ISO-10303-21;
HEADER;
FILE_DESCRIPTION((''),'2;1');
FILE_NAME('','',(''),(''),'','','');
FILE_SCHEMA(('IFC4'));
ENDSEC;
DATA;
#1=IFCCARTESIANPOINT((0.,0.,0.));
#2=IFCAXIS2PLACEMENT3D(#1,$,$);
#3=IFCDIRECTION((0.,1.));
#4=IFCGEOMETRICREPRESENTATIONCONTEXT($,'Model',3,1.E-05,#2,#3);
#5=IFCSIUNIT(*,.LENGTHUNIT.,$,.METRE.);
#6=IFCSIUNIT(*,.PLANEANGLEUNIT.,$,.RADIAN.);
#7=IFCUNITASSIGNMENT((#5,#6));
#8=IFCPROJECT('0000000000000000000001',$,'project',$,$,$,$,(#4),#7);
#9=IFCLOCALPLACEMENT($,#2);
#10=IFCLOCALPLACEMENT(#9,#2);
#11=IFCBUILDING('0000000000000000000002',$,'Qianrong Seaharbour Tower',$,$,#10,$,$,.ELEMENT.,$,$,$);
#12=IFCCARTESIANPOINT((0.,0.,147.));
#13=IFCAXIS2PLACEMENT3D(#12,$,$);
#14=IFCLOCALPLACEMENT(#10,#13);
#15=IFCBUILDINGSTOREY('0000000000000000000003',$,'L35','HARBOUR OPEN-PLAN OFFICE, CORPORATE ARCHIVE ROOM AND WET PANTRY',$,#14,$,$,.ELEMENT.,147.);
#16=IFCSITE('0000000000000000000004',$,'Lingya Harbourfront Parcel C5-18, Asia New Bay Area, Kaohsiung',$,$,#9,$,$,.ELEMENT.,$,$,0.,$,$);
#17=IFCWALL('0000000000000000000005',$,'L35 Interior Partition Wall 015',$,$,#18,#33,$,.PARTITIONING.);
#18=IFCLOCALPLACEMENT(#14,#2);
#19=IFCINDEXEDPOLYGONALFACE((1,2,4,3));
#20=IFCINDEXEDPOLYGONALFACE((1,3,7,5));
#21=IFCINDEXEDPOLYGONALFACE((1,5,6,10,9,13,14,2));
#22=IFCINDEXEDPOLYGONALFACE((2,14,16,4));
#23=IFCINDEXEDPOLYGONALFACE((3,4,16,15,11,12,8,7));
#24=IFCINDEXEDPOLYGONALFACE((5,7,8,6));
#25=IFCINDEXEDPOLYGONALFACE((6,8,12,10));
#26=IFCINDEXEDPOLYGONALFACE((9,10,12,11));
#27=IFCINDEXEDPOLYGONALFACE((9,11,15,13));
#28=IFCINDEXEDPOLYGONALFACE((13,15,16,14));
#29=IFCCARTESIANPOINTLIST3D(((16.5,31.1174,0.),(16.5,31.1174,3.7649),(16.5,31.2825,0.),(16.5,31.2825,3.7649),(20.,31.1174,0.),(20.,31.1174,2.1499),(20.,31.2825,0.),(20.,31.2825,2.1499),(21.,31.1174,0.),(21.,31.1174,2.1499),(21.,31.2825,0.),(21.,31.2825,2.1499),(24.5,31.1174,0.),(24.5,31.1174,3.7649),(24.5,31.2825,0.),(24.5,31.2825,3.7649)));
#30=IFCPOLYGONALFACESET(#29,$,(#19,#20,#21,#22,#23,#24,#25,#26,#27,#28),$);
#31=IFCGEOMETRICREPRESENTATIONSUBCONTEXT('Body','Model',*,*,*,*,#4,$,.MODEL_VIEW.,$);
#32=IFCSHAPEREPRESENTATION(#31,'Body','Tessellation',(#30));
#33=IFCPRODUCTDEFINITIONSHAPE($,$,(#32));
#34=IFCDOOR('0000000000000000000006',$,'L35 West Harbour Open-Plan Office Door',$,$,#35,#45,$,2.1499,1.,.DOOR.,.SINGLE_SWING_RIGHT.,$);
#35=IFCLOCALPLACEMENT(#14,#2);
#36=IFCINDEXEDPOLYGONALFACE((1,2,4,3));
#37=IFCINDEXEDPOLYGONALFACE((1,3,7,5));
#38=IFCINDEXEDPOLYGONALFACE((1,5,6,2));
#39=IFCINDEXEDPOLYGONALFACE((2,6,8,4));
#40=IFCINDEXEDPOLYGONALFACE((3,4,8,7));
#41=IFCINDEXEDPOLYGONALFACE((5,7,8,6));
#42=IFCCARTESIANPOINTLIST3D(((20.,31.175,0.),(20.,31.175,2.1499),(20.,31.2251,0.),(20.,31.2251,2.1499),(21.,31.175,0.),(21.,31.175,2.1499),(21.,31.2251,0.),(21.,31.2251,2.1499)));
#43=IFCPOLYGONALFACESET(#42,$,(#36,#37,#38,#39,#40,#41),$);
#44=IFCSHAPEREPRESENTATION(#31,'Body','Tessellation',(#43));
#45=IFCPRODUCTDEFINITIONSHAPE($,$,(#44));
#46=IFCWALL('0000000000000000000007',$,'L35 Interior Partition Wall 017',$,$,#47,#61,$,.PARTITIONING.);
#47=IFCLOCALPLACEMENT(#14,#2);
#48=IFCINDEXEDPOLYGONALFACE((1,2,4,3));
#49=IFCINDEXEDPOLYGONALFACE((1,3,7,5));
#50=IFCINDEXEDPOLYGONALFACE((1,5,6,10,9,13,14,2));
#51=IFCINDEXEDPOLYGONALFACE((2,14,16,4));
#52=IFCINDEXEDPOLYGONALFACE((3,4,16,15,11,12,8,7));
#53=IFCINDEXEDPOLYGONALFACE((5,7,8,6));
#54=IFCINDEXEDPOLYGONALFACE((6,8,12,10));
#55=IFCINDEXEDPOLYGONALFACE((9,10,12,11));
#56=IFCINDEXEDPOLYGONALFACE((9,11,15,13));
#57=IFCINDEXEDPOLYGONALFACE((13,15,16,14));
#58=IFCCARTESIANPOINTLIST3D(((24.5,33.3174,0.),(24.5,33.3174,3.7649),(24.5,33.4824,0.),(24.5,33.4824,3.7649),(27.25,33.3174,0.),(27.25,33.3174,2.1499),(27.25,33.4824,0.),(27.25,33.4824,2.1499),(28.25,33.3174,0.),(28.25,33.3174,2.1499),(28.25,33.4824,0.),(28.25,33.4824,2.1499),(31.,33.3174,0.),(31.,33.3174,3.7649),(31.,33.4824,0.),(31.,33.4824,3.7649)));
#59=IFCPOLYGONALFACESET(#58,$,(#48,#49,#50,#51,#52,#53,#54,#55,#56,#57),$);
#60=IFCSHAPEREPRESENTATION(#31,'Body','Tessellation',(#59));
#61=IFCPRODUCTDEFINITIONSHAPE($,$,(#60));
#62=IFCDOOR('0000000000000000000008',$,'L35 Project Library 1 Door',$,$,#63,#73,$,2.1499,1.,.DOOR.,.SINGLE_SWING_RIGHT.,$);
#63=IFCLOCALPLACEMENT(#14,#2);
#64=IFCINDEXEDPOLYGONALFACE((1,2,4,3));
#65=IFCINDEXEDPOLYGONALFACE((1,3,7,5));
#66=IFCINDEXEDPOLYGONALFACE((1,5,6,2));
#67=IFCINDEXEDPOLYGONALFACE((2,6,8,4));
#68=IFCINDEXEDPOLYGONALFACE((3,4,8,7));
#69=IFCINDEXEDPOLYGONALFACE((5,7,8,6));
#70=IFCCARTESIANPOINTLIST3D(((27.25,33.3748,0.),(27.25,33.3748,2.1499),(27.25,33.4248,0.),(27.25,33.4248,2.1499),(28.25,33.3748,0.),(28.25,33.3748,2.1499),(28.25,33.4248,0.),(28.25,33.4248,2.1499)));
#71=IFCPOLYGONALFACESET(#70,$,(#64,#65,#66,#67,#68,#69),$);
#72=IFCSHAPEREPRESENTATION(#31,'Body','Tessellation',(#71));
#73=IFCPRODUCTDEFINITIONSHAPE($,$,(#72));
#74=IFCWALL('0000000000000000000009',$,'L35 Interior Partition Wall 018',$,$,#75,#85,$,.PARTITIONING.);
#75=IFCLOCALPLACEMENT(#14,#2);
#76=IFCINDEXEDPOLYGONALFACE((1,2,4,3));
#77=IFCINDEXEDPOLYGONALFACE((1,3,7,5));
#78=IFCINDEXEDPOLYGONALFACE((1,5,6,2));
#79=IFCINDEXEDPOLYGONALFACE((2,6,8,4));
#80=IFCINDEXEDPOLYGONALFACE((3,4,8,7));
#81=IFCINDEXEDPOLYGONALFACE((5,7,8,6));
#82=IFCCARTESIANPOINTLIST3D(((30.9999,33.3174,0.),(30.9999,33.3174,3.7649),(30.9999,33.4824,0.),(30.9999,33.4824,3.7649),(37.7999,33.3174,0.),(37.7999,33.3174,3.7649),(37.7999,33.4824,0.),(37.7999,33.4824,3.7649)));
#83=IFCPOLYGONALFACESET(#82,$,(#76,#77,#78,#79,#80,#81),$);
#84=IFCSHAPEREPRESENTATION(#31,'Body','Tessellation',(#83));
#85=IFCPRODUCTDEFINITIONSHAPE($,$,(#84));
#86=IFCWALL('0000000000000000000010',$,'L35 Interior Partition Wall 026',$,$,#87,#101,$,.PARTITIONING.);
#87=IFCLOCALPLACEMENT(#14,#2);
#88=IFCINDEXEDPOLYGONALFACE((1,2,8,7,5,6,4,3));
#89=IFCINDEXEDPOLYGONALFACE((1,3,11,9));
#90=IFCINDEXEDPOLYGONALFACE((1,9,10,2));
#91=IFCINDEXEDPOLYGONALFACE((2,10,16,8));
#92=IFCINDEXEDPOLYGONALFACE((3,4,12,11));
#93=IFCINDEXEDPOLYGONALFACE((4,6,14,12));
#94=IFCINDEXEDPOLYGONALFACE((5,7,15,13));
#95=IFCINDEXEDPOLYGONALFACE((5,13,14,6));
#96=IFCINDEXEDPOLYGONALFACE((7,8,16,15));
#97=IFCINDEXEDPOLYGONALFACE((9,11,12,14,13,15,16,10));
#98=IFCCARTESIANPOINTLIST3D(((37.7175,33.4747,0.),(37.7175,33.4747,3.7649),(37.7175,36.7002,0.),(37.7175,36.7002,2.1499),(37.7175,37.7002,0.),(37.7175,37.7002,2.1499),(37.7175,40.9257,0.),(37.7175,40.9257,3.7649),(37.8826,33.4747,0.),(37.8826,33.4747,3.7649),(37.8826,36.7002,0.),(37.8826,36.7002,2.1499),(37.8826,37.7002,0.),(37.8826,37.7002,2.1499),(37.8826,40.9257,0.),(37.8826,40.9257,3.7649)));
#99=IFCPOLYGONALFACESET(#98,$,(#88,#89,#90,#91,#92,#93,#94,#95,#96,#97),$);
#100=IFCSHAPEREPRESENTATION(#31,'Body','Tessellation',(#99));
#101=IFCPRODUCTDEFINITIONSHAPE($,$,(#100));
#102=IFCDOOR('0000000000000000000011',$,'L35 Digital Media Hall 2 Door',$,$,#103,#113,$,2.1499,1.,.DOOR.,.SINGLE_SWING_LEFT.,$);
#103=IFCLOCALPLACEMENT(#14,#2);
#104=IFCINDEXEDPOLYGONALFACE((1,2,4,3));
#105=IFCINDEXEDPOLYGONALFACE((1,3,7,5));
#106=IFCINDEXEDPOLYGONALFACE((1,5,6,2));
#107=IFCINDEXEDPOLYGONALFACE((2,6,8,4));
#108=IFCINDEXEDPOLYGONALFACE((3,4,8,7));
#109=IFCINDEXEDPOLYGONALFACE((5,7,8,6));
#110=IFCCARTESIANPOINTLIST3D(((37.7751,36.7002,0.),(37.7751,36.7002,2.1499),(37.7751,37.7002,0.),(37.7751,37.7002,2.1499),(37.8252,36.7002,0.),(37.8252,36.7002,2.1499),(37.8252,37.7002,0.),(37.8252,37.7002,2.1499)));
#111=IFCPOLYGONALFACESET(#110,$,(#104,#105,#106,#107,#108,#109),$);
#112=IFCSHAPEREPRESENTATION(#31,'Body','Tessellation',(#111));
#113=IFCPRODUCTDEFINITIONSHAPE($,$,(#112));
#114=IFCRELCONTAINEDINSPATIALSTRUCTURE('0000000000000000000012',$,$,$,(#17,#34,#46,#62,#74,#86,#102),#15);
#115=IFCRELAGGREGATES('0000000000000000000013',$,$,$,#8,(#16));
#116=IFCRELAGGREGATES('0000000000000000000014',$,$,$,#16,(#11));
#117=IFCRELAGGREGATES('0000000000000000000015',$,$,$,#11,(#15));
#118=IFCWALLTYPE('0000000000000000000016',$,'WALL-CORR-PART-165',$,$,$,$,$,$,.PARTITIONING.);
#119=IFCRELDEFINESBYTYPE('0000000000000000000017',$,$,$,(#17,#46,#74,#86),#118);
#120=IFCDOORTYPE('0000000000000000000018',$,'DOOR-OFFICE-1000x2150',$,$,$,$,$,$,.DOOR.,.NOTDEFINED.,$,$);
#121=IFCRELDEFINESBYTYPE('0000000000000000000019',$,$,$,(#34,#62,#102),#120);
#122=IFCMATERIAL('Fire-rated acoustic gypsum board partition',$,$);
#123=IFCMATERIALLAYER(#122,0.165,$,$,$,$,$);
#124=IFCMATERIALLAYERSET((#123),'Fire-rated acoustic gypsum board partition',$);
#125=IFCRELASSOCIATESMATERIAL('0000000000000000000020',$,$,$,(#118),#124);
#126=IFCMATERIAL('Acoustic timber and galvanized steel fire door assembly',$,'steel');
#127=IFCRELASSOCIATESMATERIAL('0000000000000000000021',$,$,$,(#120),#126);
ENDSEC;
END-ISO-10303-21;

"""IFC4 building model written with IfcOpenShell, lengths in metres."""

from ifc_helpers import new_model, si_unit, direction, frame, frame_2d, origin, place, context, subcontext, project, spatial, rectangle, extrude, material, layer, layer_set, type_object, element, fill, save


model = new_model("IFC4")

# Units and contexts
model_context = context("Model", 3, precision=1e-05, world=origin(), true_north=direction((0.0, 1.0)))
body_context = subcontext(model_context, "Body", "Model", "MODEL_VIEW")
ifc_project = project(units=[si_unit("LENGTHUNIT", "METRE"), si_unit("PLANEANGLEUNIT", "RADIAN")], contexts=[model_context])

# Site, building, storey
site_placement = place(None, origin())
site = spatial("IfcSite", under=ifc_project, at=site_placement, Name="Lingya Harbourfront Parcel C5-18, Asia New Bay Area, Kaohsiung", CompositionType="ELEMENT", RefElevation=0.0)
building_placement = place(site_placement, origin())
building = spatial("IfcBuilding", under=site, at=building_placement, Name="Qianrong Seaharbour Tower", CompositionType="ELEMENT")
storey_placement = place(building_placement, frame((0.0, 0.0, 147.0)))
storey = spatial("IfcBuildingStorey", under=building, at=storey_placement, Name="L35", Description="HARBOUR OPEN-PLAN OFFICE, CORPORATE ARCHIVE ROOM AND WET PANTRY", CompositionType="ELEMENT", Elevation=147.0)

# Walls, openings, doors
ifc_material_1 = material(Name="Fire-rated acoustic gypsum board partition")
ifc_layer_1 = layer(ifc_material_1, 0.165)
ifc_layer_set_1 = layer_set([ifc_layer_1], Name="Fire-rated acoustic gypsum board partition")
wall_type_1 = type_object("IfcWallType", Name="WALL-CORR-PART-165", PredefinedType="PARTITIONING", material=ifc_layer_set_1)
wall_1_placement = place(storey_placement, frame((24.5, 31.2, 0.0), z_axis=(0.0, 0.0, 1.0), x_axis=(-1.0, 0.0, 0.0)))
wall_1 = element("IfcWall", 1, at=wall_1_placement, inside=storey, type_object=wall_type_1, Name="L35 Interior Partition Wall 015", PredefinedType="PARTITIONING", context=body_context, shape_type="SweptSolid", body=[
    extrude(rectangle(XDim=8.0, YDim=0.165, at=frame_2d((4.0, 0.0))), origin(), (0.0, 0.0, 1.0), 3.7649),
])
opening_1_placement = place(wall_1_placement, frame((3.5, 0.0, 0.0)))
opening_1 = element("IfcOpeningElement", 2, at=opening_1_placement, cuts=wall_1, PredefinedType="OPENING", context=body_context, shape_type="SweptSolid", body=[
    extrude(rectangle(XDim=1.0, YDim=2.1499, at=frame_2d((0.5, 1.075))), frame((0.0, 0.0925, 0.0), z_axis=(0.0, -1.0, 0.0), x_axis=(1.0, 0.0, 0.0)), (0.0, 0.0, 1.0), 0.1851),
])
ifc_material_2 = material(Name="Acoustic timber and galvanized steel fire door assembly", Category="steel")
door_type = type_object("IfcDoorType", Name="DOOR-OFFICE-1000x2150", OperationType="NOTDEFINED", PredefinedType="DOOR", material=ifc_material_2)
door_1_placement = place(opening_1_placement, origin())
door_1 = element("IfcDoor", 3, at=door_1_placement, inside=storey, type_object=door_type, Name="L35 West Harbour Open-Plan Office Door", OperationType="SINGLE_SWING_RIGHT", OverallHeight=2.1499, OverallWidth=1.0, PredefinedType="DOOR", context=body_context, shape_type="SweptSolid", body=[
    extrude(rectangle(XDim=1.0, YDim=2.1499, at=frame_2d((0.5, 1.075))), frame((0.0, 0.0249, 0.0), z_axis=(0.0, -1.0, 0.0), x_axis=(1.0, 0.0, 0.0)), (0.0, 0.0, 1.0), 0.05),
])
fill(opening_1, door_1)
wall_2_placement = place(storey_placement, frame((24.5, 33.3999, 0.0), z_axis=(0.0, 0.0, 1.0), x_axis=(1.0, 0.0, 0.0)))
wall_2 = element("IfcWall", 4, at=wall_2_placement, inside=storey, type_object=wall_type_1, Name="L35 Interior Partition Wall 017", PredefinedType="PARTITIONING", context=body_context, shape_type="SweptSolid", body=[
    extrude(rectangle(XDim=6.5, YDim=0.165, at=frame_2d((3.25, 0.0))), origin(), (0.0, 0.0, 1.0), 3.7649),
])
opening_2_placement = place(wall_2_placement, frame((2.75, 0.0, 0.0)))
opening_2 = element("IfcOpeningElement", 5, at=opening_2_placement, cuts=wall_2, PredefinedType="OPENING", context=body_context, shape_type="SweptSolid", body=[
    extrude(rectangle(XDim=1.0, YDim=2.1499, at=frame_2d((0.5, 1.075))), frame((0.0, 0.0925, 0.0), z_axis=(0.0, -1.0, 0.0), x_axis=(1.0, 0.0, 0.0)), (0.0, 0.0, 1.0), 0.1851),
])
door_2_placement = place(opening_2_placement, origin())
door_2 = element("IfcDoor", 6, at=door_2_placement, inside=storey, type_object=door_type, Name="L35 Project Library 1 Door", OperationType="SINGLE_SWING_RIGHT", OverallHeight=2.1499, OverallWidth=1.0, PredefinedType="DOOR", context=body_context, shape_type="SweptSolid", body=[
    extrude(rectangle(XDim=1.0, YDim=2.1499, at=frame_2d((0.5, 1.075))), frame((0.0, 0.0249, 0.0), z_axis=(0.0, -1.0, 0.0), x_axis=(1.0, 0.0, 0.0)), (0.0, 0.0, 1.0), 0.05),
])
fill(opening_2, door_2)

# Wall
wall_3_placement = place(storey_placement, frame((31.0, 33.3999, 0.0), z_axis=(0.0, 0.0, 1.0), x_axis=(1.0, 0.0, 0.0)))
element("IfcWall", 7, at=wall_3_placement, inside=storey, type_object=wall_type_1, Name="L35 Interior Partition Wall 018", PredefinedType="PARTITIONING", context=body_context, shape_type="SweptSolid", body=[
    extrude(rectangle(XDim=6.8, YDim=0.165, at=frame_2d((3.3999, 0.0))), origin(), (0.0, 0.0, 1.0), 3.7649),
])

# Wall, opening, door
wall_4_placement = place(storey_placement, frame((37.8, 33.4746, 0.0), z_axis=(0.0, 0.0, 1.0), x_axis=(0.0, 1.0, 0.0)))
wall_4 = element("IfcWall", 8, at=wall_4_placement, inside=storey, type_object=wall_type_1, Name="L35 Interior Partition Wall 026", PredefinedType="PARTITIONING", context=body_context, shape_type="SweptSolid", body=[
    extrude(rectangle(XDim=7.4509, YDim=0.165, at=frame_2d((3.7256, 0.0))), origin(), (0.0, 0.0, 1.0), 3.7649),
])
opening_3_placement = place(wall_4_placement, frame((3.2256, 0.0, 0.0)))
opening_3 = element("IfcOpeningElement", 9, at=opening_3_placement, cuts=wall_4, PredefinedType="OPENING", context=body_context, shape_type="SweptSolid", body=[
    extrude(rectangle(XDim=1.0, YDim=2.1499, at=frame_2d((0.5, 1.075))), frame((0.0, 0.0925, 0.0), z_axis=(0.0, -1.0, 0.0), x_axis=(1.0, 0.0, 0.0)), (0.0, 0.0, 1.0), 0.1851),
])
door_3_placement = place(opening_3_placement, origin())
door_3 = element("IfcDoor", 10, at=door_3_placement, inside=storey, type_object=door_type, Name="L35 Digital Media Hall 2 Door", OperationType="SINGLE_SWING_LEFT", OverallHeight=2.1499, OverallWidth=1.0, PredefinedType="DOOR", context=body_context, shape_type="SweptSolid", body=[
    extrude(rectangle(XDim=1.0, YDim=2.1499, at=frame_2d((0.5, 1.075))), frame((0.0, 0.0249, 0.0), z_axis=(0.0, -1.0, 0.0), x_axis=(1.0, 0.0, 0.0)), (0.0, 0.0, 1.0), 0.05),
])
fill(opening_3, door_3)

save(model, "model.ifc")
